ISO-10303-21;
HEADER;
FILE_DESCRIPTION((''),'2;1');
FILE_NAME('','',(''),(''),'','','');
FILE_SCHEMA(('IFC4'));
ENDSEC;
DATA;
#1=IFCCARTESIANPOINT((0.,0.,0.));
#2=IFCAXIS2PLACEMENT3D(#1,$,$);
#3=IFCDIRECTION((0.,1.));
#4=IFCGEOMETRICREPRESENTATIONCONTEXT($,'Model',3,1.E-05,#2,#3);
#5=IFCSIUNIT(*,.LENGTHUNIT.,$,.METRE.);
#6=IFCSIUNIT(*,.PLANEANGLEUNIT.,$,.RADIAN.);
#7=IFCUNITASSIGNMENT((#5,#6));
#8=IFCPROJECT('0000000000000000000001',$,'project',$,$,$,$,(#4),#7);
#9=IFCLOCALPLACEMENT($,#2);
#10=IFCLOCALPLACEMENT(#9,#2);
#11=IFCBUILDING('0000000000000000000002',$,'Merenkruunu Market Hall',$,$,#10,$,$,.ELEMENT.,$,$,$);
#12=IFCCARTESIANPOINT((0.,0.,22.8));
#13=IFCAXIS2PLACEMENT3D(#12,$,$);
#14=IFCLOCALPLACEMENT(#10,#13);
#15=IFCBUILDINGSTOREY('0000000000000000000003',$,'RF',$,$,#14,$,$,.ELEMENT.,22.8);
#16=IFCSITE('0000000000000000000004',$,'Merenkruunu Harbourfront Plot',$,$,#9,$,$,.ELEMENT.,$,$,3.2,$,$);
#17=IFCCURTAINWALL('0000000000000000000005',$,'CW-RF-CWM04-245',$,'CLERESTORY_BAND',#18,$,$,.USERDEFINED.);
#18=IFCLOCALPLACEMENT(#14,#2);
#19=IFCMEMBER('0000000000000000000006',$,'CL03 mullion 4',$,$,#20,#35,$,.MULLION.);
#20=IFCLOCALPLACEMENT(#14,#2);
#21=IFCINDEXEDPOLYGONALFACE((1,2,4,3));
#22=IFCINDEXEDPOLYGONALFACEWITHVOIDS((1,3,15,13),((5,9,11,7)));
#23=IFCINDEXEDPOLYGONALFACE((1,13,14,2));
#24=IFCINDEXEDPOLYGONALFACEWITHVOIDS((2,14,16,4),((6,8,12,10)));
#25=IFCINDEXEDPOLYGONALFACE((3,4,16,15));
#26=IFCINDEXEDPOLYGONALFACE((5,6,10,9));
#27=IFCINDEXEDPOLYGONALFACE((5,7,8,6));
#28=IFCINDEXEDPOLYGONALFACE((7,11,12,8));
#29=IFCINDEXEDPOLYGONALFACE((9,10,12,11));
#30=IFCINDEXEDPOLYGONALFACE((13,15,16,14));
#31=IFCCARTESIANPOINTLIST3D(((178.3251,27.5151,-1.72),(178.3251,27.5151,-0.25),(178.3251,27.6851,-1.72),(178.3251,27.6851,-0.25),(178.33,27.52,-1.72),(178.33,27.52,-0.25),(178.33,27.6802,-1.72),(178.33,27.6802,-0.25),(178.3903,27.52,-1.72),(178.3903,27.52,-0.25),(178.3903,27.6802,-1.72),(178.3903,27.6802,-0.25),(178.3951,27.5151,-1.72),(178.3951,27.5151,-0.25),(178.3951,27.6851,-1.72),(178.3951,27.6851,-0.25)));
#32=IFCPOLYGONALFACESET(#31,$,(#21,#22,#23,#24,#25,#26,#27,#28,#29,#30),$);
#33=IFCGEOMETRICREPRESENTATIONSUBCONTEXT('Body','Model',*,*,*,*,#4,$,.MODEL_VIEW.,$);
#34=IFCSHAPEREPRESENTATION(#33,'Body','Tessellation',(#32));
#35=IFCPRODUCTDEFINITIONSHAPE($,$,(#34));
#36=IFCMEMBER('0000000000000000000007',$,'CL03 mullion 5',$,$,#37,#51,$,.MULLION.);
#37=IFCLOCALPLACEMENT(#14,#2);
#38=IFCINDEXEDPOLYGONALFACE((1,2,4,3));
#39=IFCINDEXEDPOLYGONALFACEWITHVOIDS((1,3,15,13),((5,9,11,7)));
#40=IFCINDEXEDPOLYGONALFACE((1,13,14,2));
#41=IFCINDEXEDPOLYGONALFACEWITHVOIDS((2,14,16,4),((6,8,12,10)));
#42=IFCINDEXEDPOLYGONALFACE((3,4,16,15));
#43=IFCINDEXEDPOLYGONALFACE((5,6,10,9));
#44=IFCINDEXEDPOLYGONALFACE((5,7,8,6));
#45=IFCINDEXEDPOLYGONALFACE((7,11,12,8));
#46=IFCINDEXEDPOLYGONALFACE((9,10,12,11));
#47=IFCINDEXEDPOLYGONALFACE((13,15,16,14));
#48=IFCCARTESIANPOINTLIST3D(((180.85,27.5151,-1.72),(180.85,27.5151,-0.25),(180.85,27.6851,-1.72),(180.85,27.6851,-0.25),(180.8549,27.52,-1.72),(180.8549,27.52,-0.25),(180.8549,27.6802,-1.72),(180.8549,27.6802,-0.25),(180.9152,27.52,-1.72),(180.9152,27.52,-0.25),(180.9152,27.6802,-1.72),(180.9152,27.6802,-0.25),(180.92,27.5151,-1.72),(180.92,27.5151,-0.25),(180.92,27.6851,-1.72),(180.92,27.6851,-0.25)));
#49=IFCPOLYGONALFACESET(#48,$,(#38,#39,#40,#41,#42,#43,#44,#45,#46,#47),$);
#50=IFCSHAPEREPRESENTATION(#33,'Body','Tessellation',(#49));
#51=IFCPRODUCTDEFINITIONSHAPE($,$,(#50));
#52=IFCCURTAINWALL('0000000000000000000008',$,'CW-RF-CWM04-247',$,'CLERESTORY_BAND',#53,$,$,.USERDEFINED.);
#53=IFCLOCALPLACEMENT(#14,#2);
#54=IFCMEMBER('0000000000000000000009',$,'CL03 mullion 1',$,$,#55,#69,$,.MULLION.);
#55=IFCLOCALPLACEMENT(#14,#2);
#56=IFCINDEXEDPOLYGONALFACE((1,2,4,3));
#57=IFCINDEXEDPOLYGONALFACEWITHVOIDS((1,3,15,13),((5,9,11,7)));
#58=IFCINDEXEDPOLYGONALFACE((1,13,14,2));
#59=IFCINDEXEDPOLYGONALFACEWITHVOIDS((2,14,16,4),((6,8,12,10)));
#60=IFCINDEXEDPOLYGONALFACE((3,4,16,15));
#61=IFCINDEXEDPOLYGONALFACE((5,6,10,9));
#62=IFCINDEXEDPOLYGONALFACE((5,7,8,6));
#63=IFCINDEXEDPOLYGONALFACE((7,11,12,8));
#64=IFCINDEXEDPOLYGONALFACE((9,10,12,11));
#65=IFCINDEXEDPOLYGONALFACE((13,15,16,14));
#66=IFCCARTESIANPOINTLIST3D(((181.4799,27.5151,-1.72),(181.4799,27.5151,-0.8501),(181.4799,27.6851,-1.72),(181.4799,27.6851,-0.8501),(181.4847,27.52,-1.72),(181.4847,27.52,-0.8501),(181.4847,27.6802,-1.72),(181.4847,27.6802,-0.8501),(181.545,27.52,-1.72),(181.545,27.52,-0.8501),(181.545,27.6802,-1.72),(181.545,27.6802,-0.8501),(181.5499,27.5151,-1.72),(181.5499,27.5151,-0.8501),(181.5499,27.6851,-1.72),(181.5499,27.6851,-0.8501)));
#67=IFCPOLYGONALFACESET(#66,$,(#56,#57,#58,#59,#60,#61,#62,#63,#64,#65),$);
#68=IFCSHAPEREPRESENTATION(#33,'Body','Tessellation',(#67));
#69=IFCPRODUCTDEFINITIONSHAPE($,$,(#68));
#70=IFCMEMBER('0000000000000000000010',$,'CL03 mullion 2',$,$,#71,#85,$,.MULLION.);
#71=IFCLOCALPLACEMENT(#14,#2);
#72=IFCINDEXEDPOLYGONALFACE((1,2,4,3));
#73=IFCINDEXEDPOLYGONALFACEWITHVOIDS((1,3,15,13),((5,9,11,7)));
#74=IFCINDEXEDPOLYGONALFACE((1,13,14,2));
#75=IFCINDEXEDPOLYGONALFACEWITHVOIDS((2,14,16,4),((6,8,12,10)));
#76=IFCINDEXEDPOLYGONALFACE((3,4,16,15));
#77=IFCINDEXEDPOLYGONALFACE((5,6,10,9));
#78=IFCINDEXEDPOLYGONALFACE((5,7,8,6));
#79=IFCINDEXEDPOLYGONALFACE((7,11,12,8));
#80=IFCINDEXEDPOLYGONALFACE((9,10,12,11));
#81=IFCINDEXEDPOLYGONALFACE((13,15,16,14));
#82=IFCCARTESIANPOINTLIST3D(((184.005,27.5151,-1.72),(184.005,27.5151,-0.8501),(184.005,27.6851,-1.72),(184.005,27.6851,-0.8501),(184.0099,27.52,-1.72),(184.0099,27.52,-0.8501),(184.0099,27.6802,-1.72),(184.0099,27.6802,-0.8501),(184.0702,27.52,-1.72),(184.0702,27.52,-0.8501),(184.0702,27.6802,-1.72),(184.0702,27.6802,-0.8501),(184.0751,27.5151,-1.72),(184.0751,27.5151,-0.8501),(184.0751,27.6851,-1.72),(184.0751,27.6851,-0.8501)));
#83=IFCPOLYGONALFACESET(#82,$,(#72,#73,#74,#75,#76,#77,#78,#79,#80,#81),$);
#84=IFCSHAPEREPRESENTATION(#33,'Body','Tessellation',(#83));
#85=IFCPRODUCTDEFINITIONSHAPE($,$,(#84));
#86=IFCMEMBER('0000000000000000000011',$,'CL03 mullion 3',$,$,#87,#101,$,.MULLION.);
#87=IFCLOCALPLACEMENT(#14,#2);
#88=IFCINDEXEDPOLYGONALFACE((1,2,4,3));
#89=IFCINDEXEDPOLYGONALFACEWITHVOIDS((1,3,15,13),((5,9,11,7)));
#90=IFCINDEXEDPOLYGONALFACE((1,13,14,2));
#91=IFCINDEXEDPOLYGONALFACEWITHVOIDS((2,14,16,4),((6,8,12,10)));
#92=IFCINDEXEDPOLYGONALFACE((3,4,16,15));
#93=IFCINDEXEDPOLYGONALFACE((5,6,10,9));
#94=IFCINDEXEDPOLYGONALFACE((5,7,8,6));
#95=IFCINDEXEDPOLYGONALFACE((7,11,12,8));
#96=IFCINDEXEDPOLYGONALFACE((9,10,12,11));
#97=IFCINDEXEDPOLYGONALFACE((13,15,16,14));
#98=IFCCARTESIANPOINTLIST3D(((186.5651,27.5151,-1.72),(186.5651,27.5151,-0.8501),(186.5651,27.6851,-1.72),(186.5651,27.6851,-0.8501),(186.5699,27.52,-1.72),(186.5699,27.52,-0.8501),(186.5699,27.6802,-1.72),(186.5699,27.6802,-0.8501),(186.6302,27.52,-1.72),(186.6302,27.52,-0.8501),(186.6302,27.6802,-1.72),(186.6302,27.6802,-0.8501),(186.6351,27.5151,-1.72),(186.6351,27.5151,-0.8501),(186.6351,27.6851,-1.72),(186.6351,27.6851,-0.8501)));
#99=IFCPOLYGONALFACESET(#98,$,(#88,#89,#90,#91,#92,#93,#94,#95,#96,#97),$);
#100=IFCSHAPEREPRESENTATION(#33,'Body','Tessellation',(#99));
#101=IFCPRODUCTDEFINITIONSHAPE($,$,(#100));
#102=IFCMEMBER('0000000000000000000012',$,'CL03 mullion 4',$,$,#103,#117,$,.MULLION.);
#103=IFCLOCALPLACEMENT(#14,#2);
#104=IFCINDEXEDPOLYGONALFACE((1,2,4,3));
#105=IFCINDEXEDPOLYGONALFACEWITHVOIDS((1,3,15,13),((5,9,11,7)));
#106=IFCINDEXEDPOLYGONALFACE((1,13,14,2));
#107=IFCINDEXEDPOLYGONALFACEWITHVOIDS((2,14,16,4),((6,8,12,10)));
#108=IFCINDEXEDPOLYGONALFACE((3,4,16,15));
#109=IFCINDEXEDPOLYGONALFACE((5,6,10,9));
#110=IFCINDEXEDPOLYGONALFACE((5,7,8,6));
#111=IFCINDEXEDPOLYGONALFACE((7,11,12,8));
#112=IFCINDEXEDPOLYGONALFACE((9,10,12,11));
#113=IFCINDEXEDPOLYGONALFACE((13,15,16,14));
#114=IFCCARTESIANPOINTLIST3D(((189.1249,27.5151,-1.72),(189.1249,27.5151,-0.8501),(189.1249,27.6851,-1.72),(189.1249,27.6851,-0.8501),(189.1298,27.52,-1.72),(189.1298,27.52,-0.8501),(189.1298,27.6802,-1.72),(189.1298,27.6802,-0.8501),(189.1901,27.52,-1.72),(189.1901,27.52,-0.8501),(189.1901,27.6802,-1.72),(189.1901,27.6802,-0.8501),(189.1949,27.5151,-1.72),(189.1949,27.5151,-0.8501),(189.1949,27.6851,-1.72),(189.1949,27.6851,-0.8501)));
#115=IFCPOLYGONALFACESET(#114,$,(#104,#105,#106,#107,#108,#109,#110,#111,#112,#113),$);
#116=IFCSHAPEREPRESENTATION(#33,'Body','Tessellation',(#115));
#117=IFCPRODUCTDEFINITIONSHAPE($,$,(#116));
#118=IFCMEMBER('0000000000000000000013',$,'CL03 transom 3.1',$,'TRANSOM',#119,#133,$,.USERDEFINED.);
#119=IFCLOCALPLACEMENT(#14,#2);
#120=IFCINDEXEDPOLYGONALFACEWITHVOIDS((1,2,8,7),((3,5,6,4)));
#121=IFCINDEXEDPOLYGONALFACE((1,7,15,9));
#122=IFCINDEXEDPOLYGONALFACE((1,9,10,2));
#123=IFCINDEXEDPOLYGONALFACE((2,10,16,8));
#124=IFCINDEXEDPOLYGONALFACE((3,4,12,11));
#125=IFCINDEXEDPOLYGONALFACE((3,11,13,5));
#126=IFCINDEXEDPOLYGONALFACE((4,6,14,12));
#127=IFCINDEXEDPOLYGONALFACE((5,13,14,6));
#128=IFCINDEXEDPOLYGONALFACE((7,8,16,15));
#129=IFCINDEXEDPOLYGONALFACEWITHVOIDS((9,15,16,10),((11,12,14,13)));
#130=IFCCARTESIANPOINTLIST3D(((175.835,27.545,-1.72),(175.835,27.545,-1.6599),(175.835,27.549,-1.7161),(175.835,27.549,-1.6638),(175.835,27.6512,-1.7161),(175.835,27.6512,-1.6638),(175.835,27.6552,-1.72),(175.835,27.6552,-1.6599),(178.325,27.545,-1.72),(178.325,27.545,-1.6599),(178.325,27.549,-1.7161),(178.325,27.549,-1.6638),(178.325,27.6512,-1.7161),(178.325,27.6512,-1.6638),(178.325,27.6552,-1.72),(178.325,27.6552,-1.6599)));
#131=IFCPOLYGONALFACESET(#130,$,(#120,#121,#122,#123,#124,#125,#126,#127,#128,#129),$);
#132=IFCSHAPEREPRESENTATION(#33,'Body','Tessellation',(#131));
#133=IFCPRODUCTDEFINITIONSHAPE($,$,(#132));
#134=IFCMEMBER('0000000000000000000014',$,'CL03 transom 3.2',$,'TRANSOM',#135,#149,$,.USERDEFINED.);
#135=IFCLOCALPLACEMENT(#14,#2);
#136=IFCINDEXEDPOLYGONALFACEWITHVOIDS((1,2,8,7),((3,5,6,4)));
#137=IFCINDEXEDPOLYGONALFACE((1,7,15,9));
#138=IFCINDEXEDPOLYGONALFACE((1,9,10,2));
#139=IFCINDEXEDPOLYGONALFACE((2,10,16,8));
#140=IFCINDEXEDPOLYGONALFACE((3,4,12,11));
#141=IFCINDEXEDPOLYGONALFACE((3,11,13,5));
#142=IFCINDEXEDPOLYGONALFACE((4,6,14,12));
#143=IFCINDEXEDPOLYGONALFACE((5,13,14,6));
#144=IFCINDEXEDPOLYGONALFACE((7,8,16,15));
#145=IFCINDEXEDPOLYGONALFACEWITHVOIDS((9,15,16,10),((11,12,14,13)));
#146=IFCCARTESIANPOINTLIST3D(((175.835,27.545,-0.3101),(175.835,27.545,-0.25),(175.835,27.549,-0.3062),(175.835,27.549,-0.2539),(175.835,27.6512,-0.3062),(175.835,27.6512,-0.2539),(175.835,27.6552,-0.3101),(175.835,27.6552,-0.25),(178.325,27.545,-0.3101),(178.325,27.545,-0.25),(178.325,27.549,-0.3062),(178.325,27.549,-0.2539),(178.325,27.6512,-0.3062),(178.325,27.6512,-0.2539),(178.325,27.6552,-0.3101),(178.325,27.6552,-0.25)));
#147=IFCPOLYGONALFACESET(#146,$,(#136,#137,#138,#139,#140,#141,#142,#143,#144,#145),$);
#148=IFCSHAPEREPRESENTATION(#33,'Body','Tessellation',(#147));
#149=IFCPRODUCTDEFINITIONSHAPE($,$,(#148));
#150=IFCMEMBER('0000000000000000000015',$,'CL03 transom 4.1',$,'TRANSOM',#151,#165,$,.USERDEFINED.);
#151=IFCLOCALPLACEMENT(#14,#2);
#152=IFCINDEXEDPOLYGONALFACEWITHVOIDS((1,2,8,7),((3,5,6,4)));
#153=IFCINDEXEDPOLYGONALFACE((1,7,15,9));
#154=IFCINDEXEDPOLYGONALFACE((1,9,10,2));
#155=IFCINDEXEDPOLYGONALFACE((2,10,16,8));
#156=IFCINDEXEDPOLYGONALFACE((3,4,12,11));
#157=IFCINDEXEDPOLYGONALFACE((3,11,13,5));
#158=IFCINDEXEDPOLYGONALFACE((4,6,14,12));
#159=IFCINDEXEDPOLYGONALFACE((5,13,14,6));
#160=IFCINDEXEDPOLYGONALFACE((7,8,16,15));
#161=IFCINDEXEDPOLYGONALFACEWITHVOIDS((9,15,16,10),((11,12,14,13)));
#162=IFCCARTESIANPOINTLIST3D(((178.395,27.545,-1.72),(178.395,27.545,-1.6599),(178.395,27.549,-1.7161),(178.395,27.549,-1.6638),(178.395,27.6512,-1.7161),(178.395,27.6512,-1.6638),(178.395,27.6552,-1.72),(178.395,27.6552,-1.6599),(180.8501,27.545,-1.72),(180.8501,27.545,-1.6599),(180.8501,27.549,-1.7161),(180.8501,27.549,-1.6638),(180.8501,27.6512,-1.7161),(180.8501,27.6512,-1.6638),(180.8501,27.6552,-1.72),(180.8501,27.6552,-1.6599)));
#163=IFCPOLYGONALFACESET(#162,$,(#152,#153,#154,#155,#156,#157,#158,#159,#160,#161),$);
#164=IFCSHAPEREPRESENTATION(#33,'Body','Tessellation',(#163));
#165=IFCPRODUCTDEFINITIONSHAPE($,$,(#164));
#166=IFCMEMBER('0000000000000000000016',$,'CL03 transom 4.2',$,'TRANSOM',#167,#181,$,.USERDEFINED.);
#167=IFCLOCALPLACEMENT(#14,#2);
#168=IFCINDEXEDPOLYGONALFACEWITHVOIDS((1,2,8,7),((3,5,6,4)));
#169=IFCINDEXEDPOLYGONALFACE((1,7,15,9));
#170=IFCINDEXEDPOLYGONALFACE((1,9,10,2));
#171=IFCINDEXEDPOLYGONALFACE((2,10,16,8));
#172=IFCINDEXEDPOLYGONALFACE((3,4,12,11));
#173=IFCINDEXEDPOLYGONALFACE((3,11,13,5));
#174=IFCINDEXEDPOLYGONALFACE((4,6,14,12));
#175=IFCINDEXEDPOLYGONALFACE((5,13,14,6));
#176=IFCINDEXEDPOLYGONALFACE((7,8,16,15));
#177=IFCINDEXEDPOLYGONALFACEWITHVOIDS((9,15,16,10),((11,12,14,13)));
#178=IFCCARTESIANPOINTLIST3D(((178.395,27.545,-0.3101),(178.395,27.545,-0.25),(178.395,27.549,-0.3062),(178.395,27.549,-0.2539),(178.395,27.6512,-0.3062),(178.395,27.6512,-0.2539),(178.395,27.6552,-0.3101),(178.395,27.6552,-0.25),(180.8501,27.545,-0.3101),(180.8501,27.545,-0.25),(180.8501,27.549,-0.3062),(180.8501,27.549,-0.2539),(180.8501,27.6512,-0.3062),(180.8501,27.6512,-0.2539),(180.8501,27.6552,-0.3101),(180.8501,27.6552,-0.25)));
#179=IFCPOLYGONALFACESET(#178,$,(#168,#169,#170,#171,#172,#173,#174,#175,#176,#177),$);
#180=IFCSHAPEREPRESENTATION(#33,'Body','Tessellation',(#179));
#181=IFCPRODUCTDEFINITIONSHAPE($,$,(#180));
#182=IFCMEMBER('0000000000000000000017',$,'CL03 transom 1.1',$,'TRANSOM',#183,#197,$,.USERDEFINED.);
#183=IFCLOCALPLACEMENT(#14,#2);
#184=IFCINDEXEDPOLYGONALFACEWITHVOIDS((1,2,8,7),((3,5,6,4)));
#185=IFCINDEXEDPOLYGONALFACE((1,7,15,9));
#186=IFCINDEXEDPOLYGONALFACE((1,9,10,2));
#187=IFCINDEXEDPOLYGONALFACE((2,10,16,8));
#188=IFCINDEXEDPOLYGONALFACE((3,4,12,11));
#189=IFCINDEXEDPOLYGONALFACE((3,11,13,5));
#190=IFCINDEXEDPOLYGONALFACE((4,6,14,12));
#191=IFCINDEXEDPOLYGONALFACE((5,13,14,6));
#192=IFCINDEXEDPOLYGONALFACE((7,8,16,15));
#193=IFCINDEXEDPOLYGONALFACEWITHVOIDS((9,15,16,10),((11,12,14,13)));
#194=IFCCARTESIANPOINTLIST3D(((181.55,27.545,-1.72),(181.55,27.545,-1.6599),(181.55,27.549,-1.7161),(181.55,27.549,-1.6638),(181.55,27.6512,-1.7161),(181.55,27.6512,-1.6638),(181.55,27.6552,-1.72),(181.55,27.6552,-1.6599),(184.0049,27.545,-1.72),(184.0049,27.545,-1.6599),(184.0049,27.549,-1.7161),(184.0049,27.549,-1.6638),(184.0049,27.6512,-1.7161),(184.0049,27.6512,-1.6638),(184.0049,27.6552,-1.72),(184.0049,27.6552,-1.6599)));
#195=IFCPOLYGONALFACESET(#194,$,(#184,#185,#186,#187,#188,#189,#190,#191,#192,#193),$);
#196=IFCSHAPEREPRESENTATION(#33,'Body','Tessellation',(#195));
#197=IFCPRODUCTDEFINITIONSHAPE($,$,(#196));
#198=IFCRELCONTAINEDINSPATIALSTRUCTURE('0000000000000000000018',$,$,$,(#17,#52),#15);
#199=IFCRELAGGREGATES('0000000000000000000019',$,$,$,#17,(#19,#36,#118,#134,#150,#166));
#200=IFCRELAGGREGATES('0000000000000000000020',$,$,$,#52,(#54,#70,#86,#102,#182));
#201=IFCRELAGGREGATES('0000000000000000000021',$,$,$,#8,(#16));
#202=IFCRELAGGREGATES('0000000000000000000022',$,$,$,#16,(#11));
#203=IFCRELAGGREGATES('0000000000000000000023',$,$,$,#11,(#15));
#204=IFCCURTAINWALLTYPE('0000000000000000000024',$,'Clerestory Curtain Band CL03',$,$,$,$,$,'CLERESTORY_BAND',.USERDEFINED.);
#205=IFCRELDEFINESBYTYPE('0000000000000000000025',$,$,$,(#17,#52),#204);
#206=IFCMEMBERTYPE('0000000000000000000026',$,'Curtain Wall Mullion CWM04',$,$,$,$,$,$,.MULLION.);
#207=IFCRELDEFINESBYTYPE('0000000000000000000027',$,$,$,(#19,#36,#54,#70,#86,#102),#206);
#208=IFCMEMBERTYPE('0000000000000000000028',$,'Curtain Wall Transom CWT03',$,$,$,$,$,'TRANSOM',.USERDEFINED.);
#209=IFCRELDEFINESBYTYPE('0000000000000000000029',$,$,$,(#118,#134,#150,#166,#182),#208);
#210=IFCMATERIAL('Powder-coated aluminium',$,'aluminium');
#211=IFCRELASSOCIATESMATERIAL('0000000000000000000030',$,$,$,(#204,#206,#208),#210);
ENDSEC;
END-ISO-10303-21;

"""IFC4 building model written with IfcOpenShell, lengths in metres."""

from ifc_helpers import new_model, si_unit, direction, frame, origin, origin_2d, place, context, subcontext, project, spatial, hollow_rectangle, extrude, material, material_profile, profile_set, type_object, element, aggregate, save


model = new_model("IFC4")

# Units and contexts
model_context = context("Model", 3, precision=1e-05, world=origin(), true_north=direction((0.0, 1.0)))
body_context = subcontext(model_context, "Body", "Model", "MODEL_VIEW")
ifc_project = project(units=[si_unit("LENGTHUNIT", "METRE"), si_unit("PLANEANGLEUNIT", "RADIAN")], contexts=[model_context])

# Site, building, storey
site_placement = place(None, origin())
site = spatial("IfcSite", under=ifc_project, at=site_placement, Name="Merenkruunu Harbourfront Plot", CompositionType="ELEMENT", RefElevation=3.2)
building_placement = place(site_placement, origin())
building = spatial("IfcBuilding", under=site, at=building_placement, Name="Merenkruunu Market Hall", CompositionType="ELEMENT")
storey_placement = place(building_placement, frame((0.0, 0.0, 22.8)))
storey = spatial("IfcBuildingStorey", under=building, at=storey_placement, Name="RF", CompositionType="ELEMENT", Elevation=22.8)

# Curtain walls, members
ifc_material_1 = material(Name="Powder-coated aluminium", Category="aluminium")
curtain_wall_type = type_object("IfcCurtainWallType", Name="Clerestory Curtain Band CL03", ElementType="CLERESTORY_BAND", PredefinedType="USERDEFINED", material=ifc_material_1)
curtain_wall_1_placement = place(storey_placement, origin())
curtain_wall_1 = element("IfcCurtainWall", 1, at=curtain_wall_1_placement, inside=storey, type_object=curtain_wall_type, Name="CW-RF-CWM04-245", ObjectType="CLERESTORY_BAND", PredefinedType="USERDEFINED")
ifc_material_profile_1 = material_profile(ifc_material_1, hollow_rectangle(XDim=0.0701, YDim=0.1699, WallThickness=0.0049, at=origin_2d()), Name="ALU 70x170x5")
ifc_profile_set_1 = profile_set([ifc_material_profile_1], Name="Powder-coated aluminium")
member_type_1 = type_object("IfcMemberType", Name="Curtain Wall Mullion CWM04", PredefinedType="MULLION", material=ifc_profile_set_1)
member_1_placement = place(storey_placement, frame((178.3601, 27.6001, -1.72), z_axis=(0.0, 0.0, 1.0), x_axis=(1.0, 0.0, 0.0)))
member_1 = element("IfcMember", 2, at=member_1_placement, type_object=member_type_1, Name="CL03 mullion 4", PredefinedType="MULLION", context=body_context, shape_type="SweptSolid", body=[
    extrude(hollow_rectangle(XDim=0.0701, YDim=0.1699, WallThickness=0.0049, at=origin_2d()), origin(), (0.0, 0.0, 1.0), 1.47),
])
member_2_placement = place(storey_placement, frame((180.885, 27.6001, -1.72), z_axis=(0.0, 0.0, 1.0), x_axis=(1.0, 0.0, 0.0)))
member_2 = element("IfcMember", 3, at=member_2_placement, type_object=member_type_1, Name="CL03 mullion 5", PredefinedType="MULLION", context=body_context, shape_type="SweptSolid", body=[
    extrude(hollow_rectangle(XDim=0.0701, YDim=0.1699, WallThickness=0.0049, at=origin_2d()), origin(), (0.0, 0.0, 1.0), 1.47),
])
curtain_wall_2_placement = place(storey_placement, origin())
curtain_wall_2 = element("IfcCurtainWall", 4, at=curtain_wall_2_placement, inside=storey, type_object=curtain_wall_type, Name="CW-RF-CWM04-247", ObjectType="CLERESTORY_BAND", PredefinedType="USERDEFINED")
member_3_placement = place(storey_placement, frame((181.5149, 27.6001, -1.72), z_axis=(0.0, 0.0, 1.0), x_axis=(1.0, 0.0, 0.0)))
member_3 = element("IfcMember", 5, at=member_3_placement, type_object=member_type_1, Name="CL03 mullion 1", PredefinedType="MULLION", context=body_context, shape_type="SweptSolid", body=[
    extrude(hollow_rectangle(XDim=0.0701, YDim=0.1699, WallThickness=0.0049, at=origin_2d()), origin(), (0.0, 0.0, 1.0), 0.8699),
])
member_4_placement = place(storey_placement, frame((184.04, 27.6001, -1.72), z_axis=(0.0, 0.0, 1.0), x_axis=(1.0, 0.0, 0.0)))
member_4 = element("IfcMember", 6, at=member_4_placement, type_object=member_type_1, Name="CL03 mullion 2", PredefinedType="MULLION", context=body_context, shape_type="SweptSolid", body=[
    extrude(hollow_rectangle(XDim=0.0701, YDim=0.1699, WallThickness=0.0049, at=origin_2d()), origin(), (0.0, 0.0, 1.0), 0.8699),
])
member_5_placement = place(storey_placement, frame((186.6001, 27.6001, -1.72), z_axis=(0.0, 0.0, 1.0), x_axis=(1.0, 0.0, 0.0)))
member_5 = element("IfcMember", 7, at=member_5_placement, type_object=member_type_1, Name="CL03 mullion 3", PredefinedType="MULLION", context=body_context, shape_type="SweptSolid", body=[
    extrude(hollow_rectangle(XDim=0.0701, YDim=0.1699, WallThickness=0.0049, at=origin_2d()), origin(), (0.0, 0.0, 1.0), 0.8699),
])
member_6_placement = place(storey_placement, frame((189.1599, 27.6001, -1.72), z_axis=(0.0, 0.0, 1.0), x_axis=(1.0, 0.0, 0.0)))
member_6 = element("IfcMember", 8, at=member_6_placement, type_object=member_type_1, Name="CL03 mullion 4", PredefinedType="MULLION", context=body_context, shape_type="SweptSolid", body=[
    extrude(hollow_rectangle(XDim=0.0701, YDim=0.1699, WallThickness=0.0049, at=origin_2d()), origin(), (0.0, 0.0, 1.0), 0.8699),
])

# Members
ifc_material_profile_2 = material_profile(ifc_material_1, hollow_rectangle(XDim=0.0601, YDim=0.1101, WallThickness=0.0039, at=origin_2d()), Name="ALU 60x110x4")
ifc_profile_set_2 = profile_set([ifc_material_profile_2], Name="Powder-coated aluminium")
member_type_2 = type_object("IfcMemberType", Name="Curtain Wall Transom CWT03", ElementType="TRANSOM", PredefinedType="USERDEFINED", material=ifc_profile_set_2)
member_7_placement = place(storey_placement, frame((175.835, 27.6001, -1.6899), z_axis=(1.0, 0.0, 0.0), x_axis=(0.0, 0.0, 1.0)))
member_7 = element("IfcMember", 9, at=member_7_placement, type_object=member_type_2, Name="CL03 transom 3.1", ObjectType="TRANSOM", PredefinedType="USERDEFINED", context=body_context, shape_type="SweptSolid", body=[
    extrude(hollow_rectangle(XDim=0.0601, YDim=0.1101, WallThickness=0.0039, at=origin_2d()), origin(), (0.0, 0.0, 1.0), 2.49),
])
member_8_placement = place(storey_placement, frame((175.835, 27.6001, -0.28), z_axis=(1.0, 0.0, 0.0), x_axis=(0.0, 0.0, 1.0)))
member_8 = element("IfcMember", 10, at=member_8_placement, type_object=member_type_2, Name="CL03 transom 3.2", ObjectType="TRANSOM", PredefinedType="USERDEFINED", context=body_context, shape_type="SweptSolid", body=[
    extrude(hollow_rectangle(XDim=0.0601, YDim=0.1101, WallThickness=0.0039, at=origin_2d()), origin(), (0.0, 0.0, 1.0), 2.49),
])
member_9_placement = place(storey_placement, frame((178.395, 27.6001, -1.6899), z_axis=(1.0, 0.0, 0.0), x_axis=(0.0, 0.0, 1.0)))
member_9 = element("IfcMember", 11, at=member_9_placement, type_object=member_type_2, Name="CL03 transom 4.1", ObjectType="TRANSOM", PredefinedType="USERDEFINED", context=body_context, shape_type="SweptSolid", body=[
    extrude(hollow_rectangle(XDim=0.0601, YDim=0.1101, WallThickness=0.0039, at=origin_2d()), origin(), (0.0, 0.0, 1.0), 2.4551),
])
member_10_placement = place(storey_placement, frame((178.395, 27.6001, -0.28), z_axis=(1.0, 0.0, 0.0), x_axis=(0.0, 0.0, 1.0)))
member_10 = element("IfcMember", 12, at=member_10_placement, type_object=member_type_2, Name="CL03 transom 4.2", ObjectType="TRANSOM", PredefinedType="USERDEFINED", context=body_context, shape_type="SweptSolid", body=[
    extrude(hollow_rectangle(XDim=0.0601, YDim=0.1101, WallThickness=0.0039, at=origin_2d()), origin(), (0.0, 0.0, 1.0), 2.4551),
])
member_11_placement = place(storey_placement, frame((181.55, 27.6001, -1.6899), z_axis=(1.0, 0.0, 0.0), x_axis=(0.0, 0.0, 1.0)))
member_11 = element("IfcMember", 13, at=member_11_placement, type_object=member_type_2, Name="CL03 transom 1.1", ObjectType="TRANSOM", PredefinedType="USERDEFINED", context=body_context, shape_type="SweptSolid", body=[
    extrude(hollow_rectangle(XDim=0.0601, YDim=0.1101, WallThickness=0.0039, at=origin_2d()), origin(), (0.0, 0.0, 1.0), 2.4548),
])

aggregate(curtain_wall_1, [member_1, member_2, member_7, member_8, member_9, member_10])
aggregate(curtain_wall_2, [member_3, member_4, member_5, member_6, member_11])

save(model, "model.ifc")
